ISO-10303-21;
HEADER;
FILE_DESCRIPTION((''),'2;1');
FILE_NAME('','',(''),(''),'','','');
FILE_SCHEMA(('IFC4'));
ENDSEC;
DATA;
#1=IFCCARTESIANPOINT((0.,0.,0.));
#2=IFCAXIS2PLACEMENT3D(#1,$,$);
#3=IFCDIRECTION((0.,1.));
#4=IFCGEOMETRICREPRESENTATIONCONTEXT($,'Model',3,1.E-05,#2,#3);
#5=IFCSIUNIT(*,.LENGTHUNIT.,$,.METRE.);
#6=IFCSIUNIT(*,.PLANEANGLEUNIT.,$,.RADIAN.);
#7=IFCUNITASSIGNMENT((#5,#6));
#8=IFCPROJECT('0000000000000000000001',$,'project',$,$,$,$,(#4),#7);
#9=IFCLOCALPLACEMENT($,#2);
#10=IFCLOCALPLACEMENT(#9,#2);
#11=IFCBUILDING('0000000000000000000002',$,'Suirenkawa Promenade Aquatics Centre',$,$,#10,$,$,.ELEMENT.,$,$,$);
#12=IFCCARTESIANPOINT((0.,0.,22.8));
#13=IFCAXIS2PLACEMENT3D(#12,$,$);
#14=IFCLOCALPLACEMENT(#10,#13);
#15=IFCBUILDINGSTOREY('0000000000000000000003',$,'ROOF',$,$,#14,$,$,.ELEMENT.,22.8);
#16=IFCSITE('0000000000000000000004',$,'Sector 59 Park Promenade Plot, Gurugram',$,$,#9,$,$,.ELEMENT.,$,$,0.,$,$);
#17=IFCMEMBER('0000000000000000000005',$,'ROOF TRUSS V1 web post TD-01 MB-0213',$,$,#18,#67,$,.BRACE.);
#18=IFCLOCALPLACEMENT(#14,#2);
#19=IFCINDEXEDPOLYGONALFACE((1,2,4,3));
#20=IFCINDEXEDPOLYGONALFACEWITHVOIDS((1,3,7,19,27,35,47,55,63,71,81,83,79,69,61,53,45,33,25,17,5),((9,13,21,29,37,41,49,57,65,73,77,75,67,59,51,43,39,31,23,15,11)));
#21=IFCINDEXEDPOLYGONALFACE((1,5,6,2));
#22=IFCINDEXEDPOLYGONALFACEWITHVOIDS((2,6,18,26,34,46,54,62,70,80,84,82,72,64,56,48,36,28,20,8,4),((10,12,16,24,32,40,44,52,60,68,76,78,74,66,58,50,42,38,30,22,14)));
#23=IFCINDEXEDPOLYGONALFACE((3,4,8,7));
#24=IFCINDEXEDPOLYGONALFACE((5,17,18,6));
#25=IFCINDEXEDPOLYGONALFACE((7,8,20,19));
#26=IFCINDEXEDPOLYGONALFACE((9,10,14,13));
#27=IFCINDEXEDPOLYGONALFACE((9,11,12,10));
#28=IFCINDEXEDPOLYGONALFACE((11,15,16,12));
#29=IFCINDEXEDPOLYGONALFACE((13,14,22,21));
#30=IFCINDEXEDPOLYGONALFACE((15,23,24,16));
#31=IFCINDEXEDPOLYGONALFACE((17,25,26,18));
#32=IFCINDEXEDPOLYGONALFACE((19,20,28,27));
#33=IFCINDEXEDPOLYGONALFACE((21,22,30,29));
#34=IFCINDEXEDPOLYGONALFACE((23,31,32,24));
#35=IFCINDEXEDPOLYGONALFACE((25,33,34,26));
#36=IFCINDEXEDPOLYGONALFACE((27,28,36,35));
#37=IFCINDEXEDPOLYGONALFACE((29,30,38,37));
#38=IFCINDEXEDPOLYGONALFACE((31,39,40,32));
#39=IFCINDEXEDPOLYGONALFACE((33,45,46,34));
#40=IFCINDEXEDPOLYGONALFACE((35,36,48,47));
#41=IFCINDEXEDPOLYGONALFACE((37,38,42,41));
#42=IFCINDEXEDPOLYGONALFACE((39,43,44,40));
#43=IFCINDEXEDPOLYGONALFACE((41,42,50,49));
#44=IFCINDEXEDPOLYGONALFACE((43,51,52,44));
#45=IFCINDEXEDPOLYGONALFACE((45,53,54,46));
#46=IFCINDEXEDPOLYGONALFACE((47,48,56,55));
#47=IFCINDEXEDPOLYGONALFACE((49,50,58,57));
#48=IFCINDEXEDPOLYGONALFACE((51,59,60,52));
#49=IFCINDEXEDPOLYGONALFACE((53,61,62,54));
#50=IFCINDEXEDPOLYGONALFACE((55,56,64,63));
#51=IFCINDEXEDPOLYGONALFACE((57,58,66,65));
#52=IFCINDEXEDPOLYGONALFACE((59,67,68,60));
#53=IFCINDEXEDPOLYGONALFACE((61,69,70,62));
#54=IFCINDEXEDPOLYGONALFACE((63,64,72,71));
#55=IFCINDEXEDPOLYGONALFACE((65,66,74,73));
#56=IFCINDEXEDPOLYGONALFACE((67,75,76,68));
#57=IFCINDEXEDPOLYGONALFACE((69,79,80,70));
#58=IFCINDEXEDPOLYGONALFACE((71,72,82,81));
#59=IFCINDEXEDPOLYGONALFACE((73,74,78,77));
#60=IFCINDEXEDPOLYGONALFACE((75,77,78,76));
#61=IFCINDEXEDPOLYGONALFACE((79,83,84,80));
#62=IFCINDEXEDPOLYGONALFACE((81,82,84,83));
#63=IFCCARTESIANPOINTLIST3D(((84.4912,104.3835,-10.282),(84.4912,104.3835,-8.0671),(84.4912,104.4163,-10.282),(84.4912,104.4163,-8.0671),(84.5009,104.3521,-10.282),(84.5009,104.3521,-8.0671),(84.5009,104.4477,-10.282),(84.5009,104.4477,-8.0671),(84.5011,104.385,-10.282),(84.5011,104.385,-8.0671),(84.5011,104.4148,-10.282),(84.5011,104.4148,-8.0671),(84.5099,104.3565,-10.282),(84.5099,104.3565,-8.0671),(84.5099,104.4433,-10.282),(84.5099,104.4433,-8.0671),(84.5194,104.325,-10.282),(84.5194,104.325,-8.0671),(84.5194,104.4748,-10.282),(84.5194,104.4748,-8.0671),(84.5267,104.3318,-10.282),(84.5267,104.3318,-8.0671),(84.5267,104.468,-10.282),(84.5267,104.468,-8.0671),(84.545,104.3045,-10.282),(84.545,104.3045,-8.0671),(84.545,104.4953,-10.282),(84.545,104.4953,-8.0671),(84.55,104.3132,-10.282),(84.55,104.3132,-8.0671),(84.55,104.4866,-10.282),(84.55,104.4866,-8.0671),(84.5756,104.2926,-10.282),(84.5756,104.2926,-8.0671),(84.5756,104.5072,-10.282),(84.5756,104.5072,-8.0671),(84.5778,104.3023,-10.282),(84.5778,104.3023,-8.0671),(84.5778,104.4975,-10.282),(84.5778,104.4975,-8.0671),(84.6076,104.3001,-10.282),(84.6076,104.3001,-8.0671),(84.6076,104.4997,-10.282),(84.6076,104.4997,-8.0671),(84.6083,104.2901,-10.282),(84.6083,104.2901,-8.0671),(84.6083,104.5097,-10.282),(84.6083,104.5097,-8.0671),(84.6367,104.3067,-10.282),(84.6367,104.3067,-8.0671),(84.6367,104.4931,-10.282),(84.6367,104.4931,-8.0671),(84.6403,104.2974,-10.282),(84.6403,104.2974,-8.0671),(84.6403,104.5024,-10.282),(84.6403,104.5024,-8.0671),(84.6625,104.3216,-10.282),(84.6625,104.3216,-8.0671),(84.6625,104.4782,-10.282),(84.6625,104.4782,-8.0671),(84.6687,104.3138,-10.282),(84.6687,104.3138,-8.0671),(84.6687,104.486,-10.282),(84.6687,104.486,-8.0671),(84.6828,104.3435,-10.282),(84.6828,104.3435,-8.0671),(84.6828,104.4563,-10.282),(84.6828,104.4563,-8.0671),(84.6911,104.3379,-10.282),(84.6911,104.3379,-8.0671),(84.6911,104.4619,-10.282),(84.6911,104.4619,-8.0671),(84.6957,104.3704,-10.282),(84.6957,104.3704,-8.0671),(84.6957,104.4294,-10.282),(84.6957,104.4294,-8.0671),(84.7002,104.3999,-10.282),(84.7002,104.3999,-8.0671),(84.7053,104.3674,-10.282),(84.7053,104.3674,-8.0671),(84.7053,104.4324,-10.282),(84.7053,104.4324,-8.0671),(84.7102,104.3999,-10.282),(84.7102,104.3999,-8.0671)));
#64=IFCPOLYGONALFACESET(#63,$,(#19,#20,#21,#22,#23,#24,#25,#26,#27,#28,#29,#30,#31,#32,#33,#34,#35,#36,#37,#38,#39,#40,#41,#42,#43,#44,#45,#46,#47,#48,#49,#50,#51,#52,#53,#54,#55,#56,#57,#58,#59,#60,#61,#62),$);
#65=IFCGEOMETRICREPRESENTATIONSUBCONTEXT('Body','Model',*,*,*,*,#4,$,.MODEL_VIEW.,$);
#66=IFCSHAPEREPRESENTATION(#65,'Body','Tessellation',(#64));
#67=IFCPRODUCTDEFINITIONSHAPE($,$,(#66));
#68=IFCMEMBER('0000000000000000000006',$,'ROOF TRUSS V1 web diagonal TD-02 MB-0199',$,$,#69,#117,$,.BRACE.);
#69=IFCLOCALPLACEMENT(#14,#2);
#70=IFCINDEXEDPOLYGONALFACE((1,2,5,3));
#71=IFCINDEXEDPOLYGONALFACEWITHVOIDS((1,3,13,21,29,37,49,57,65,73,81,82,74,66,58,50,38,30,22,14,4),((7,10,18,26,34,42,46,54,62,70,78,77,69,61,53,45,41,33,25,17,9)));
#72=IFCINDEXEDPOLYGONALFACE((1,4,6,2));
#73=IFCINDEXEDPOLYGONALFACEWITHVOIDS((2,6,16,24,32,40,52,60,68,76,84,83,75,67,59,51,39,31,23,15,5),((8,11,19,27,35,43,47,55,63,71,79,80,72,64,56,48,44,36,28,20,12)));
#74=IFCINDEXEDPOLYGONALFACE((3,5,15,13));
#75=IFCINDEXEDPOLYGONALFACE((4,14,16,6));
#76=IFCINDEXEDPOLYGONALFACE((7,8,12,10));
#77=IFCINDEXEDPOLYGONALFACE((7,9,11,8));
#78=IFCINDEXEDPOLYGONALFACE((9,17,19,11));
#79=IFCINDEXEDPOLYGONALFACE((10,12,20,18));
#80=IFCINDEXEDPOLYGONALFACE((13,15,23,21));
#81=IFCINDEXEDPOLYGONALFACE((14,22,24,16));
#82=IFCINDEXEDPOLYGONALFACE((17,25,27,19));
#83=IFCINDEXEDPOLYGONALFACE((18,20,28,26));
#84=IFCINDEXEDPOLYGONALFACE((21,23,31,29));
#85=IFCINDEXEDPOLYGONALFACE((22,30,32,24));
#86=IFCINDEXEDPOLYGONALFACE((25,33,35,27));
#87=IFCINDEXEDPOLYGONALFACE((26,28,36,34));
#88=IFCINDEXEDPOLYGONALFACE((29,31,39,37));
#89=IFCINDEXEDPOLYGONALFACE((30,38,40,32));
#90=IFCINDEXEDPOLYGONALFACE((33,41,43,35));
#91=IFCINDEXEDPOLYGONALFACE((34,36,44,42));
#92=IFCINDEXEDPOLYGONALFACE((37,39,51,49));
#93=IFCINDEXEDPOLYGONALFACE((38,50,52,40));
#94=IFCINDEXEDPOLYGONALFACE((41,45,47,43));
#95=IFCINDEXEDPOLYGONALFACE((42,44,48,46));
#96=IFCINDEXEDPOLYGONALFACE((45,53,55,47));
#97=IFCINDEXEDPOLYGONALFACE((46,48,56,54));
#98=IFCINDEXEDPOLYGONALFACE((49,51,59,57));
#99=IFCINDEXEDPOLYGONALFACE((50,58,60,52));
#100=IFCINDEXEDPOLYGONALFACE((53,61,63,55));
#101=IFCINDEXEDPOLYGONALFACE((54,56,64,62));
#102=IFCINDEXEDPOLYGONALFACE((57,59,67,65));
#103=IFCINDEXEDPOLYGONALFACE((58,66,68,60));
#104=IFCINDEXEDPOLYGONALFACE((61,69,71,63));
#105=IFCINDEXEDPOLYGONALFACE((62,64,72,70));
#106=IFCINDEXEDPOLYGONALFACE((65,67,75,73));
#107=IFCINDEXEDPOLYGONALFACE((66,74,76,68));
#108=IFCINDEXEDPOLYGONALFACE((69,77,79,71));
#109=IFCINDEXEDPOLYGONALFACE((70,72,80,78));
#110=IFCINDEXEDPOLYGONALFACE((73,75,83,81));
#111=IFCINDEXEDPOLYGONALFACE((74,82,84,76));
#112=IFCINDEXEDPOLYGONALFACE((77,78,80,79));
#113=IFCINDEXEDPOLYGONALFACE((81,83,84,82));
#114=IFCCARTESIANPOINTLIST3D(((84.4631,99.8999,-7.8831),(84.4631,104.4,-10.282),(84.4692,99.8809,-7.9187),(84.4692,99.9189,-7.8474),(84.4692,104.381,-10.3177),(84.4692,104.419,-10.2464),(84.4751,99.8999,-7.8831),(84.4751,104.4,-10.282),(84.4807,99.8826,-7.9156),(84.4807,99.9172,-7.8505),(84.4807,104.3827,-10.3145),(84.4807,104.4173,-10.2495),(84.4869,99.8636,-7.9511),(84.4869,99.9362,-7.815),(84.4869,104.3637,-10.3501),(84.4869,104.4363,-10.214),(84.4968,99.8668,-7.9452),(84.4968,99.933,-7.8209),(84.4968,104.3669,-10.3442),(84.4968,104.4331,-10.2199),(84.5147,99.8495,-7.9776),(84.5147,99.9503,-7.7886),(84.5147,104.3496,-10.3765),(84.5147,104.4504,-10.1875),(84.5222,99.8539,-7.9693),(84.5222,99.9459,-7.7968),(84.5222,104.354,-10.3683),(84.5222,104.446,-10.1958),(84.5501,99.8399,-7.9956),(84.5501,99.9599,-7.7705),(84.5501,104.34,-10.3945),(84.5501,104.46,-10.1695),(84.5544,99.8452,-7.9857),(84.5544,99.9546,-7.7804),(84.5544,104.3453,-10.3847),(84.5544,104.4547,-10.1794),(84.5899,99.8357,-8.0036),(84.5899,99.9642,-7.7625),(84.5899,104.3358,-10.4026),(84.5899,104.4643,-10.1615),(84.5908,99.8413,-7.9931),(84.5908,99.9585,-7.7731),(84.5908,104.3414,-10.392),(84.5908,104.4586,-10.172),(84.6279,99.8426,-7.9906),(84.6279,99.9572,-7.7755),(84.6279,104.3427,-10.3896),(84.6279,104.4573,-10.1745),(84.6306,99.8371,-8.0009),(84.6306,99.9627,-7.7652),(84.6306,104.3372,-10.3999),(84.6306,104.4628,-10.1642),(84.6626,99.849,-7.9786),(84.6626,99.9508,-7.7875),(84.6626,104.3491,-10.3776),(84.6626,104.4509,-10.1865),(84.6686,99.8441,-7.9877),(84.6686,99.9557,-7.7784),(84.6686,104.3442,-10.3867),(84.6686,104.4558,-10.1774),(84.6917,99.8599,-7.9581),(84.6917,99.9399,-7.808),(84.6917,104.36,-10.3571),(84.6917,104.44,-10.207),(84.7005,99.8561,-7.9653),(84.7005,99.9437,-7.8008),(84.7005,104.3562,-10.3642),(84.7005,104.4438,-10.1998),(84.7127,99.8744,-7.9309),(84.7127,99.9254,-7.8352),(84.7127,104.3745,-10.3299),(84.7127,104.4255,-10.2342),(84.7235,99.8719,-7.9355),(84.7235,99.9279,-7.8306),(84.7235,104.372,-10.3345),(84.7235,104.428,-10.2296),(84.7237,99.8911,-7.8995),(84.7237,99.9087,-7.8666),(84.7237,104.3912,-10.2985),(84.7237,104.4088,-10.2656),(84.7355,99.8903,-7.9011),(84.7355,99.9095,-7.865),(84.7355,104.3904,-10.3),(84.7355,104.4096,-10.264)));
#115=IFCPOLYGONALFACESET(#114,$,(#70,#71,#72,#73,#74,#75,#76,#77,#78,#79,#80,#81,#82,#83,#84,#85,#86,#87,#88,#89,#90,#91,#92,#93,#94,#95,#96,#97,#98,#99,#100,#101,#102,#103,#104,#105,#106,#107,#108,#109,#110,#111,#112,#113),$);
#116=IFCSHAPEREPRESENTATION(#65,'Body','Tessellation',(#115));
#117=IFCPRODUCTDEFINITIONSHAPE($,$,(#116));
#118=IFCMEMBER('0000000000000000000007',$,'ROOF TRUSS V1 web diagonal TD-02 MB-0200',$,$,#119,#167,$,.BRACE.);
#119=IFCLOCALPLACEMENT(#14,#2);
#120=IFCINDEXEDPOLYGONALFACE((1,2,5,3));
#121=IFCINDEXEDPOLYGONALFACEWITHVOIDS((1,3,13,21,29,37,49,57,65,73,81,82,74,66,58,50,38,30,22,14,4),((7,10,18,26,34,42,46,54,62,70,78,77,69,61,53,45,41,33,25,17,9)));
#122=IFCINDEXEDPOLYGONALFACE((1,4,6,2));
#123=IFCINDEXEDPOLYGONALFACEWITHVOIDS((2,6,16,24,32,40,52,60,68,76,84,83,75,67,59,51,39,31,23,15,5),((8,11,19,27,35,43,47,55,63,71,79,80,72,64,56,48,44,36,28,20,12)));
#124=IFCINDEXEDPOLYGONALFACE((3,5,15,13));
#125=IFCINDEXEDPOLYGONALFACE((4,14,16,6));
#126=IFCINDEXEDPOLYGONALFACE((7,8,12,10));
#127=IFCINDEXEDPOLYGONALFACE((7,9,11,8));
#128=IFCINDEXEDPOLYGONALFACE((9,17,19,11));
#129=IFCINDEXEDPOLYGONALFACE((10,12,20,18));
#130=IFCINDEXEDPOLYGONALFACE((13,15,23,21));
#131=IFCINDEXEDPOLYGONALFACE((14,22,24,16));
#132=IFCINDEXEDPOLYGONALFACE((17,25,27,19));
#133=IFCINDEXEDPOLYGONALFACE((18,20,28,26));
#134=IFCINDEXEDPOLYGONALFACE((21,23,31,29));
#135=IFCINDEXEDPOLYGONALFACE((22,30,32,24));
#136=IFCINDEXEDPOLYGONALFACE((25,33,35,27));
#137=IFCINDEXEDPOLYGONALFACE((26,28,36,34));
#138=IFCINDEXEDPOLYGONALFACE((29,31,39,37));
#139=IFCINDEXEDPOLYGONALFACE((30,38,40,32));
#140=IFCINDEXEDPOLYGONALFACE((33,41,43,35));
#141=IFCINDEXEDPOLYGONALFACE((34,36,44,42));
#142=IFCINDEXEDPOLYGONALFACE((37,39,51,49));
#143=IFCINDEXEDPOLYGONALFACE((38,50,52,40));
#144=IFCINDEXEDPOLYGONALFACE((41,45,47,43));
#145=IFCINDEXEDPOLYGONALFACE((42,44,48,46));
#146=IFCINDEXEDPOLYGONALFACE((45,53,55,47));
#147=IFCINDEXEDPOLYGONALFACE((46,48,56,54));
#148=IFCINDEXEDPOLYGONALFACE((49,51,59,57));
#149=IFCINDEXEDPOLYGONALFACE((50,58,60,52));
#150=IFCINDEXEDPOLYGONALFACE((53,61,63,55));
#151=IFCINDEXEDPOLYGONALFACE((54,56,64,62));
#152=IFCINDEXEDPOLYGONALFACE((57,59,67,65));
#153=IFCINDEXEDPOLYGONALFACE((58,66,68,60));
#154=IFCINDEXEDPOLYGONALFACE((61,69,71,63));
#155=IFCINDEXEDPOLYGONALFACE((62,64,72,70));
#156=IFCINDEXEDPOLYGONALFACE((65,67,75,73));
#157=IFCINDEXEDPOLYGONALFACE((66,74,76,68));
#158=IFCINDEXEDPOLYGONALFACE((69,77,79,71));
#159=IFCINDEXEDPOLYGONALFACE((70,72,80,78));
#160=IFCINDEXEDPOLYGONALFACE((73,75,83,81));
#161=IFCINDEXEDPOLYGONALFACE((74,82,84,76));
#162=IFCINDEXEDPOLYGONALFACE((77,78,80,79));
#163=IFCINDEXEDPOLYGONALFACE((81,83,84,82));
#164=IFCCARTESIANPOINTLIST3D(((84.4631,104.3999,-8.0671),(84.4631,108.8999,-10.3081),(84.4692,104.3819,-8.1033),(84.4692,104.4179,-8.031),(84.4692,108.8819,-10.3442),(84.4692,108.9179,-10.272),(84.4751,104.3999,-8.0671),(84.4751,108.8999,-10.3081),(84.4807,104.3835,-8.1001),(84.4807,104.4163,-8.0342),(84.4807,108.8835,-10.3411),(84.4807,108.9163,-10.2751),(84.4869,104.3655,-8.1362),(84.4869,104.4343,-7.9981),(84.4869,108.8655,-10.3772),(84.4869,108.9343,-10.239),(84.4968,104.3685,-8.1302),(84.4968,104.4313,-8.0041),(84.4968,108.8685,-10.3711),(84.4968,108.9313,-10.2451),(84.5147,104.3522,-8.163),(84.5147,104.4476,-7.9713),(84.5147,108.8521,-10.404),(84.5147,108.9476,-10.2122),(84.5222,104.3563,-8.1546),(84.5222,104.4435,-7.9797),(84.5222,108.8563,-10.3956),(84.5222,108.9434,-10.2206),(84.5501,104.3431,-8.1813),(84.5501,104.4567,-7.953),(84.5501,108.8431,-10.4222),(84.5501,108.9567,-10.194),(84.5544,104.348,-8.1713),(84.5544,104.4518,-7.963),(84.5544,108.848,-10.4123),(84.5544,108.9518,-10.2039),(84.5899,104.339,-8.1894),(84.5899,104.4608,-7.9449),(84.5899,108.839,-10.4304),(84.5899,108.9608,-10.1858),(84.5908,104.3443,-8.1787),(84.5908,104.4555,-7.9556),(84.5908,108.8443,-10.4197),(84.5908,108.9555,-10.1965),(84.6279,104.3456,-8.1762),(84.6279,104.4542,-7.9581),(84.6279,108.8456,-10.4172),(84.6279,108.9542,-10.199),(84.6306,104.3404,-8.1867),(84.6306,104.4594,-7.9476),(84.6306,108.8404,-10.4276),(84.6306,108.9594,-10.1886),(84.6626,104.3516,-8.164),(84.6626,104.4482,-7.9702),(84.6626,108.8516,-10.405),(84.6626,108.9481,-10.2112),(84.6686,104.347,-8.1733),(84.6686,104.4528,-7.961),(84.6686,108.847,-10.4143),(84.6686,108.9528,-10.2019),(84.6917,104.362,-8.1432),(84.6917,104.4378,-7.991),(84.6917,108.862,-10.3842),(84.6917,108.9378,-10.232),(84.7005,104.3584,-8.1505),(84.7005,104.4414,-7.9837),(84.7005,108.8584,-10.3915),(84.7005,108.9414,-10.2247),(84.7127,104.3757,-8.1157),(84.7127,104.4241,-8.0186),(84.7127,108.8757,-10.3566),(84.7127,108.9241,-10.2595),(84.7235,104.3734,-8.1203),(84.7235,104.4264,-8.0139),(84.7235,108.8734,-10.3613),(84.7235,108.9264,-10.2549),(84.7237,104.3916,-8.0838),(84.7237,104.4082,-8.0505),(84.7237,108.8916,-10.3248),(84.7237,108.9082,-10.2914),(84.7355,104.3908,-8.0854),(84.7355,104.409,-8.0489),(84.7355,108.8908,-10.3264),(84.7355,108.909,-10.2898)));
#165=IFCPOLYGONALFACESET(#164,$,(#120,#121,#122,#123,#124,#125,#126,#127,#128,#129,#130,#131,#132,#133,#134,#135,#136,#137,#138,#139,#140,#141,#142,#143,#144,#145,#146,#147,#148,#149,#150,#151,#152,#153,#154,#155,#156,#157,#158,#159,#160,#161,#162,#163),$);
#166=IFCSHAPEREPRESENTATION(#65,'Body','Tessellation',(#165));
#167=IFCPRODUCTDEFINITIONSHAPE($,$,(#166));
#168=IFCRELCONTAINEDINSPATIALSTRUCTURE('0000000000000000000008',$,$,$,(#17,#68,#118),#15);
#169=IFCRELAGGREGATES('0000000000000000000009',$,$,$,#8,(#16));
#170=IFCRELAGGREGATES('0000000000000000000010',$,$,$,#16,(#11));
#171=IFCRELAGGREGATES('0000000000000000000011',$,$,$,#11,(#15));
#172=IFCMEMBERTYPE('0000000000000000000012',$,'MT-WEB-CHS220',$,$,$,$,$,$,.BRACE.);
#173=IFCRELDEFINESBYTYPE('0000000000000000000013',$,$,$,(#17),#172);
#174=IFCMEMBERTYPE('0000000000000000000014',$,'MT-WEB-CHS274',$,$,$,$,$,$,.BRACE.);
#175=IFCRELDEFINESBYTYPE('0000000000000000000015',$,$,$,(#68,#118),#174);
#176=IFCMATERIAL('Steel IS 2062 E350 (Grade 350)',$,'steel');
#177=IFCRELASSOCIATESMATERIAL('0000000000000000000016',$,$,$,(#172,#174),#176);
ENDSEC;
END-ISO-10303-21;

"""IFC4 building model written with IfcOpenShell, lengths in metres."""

from ifc_helpers import new_model, si_unit, direction, frame, origin, origin_2d, place, context, subcontext, project, spatial, hollow_circle, extrude, material, material_profile, profile_set, type_object, element, save


model = new_model("IFC4")

# Units and contexts
model_context = context("Model", 3, precision=1e-05, world=origin(), true_north=direction((0.0, 1.0)))
body_context = subcontext(model_context, "Body", "Model", "MODEL_VIEW")
ifc_project = project(units=[si_unit("LENGTHUNIT", "METRE"), si_unit("PLANEANGLEUNIT", "RADIAN")], contexts=[model_context])

# Site, building, storey
site_placement = place(None, origin())
site = spatial("IfcSite", under=ifc_project, at=site_placement, Name="Sector 59 Park Promenade Plot, Gurugram", CompositionType="ELEMENT", RefElevation=0.0)
building_placement = place(site_placement, origin())
building = spatial("IfcBuilding", under=site, at=building_placement, Name="Suirenkawa Promenade Aquatics Centre", CompositionType="ELEMENT")
storey_placement = place(building_placement, frame((0.0, 0.0, 22.8)))
storey = spatial("IfcBuildingStorey", under=building, at=storey_placement, Name="ROOF", CompositionType="ELEMENT", Elevation=22.8)

# Shared definitions
ifc_material_1 = material(Name="Steel IS 2062 E350 (Grade 350)", Category="steel")

# Members
ifc_material_profile_1 = material_profile(ifc_material_1, hollow_circle(Radius=0.1101, WallThickness=0.01, at=origin_2d()), Name="CHS 220x10", Category="steel")
ifc_profile_set_1 = profile_set([ifc_material_profile_1], Name="Steel IS 2062 E350 (Grade 350)")
member_type_1 = type_object("IfcMemberType", Name="MT-WEB-CHS220", PredefinedType="BRACE", material=ifc_profile_set_1)
member_1_placement = place(storey_placement, frame((84.6001, 104.3999, -10.282), z_axis=(0.0, 0.0, 1.0), x_axis=(1.0, 0.0, 0.0)))
element("IfcMember", 1, at=member_1_placement, inside=storey, type_object=member_type_1, Name="ROOF TRUSS V1 web post TD-01 MB-0213", PredefinedType="BRACE", context=body_context, shape_type="SweptSolid", body=[
    extrude(hollow_circle(Radius=0.1101, WallThickness=0.01, at=origin_2d()), origin(), (0.0, 0.0, 1.0), 2.2148),
])
ifc_material_profile_2 = material_profile(ifc_material_1, hollow_circle(Radius=0.137, WallThickness=0.012, at=origin_2d()), Name="CHS 274x12", Category="steel")
ifc_profile_set_2 = profile_set([ifc_material_profile_2], Name="Steel IS 2062 E350 (Grade 350)")
member_type_2 = type_object("IfcMemberType", Name="MT-WEB-CHS274", PredefinedType="BRACE", material=ifc_profile_set_2)
member_2_placement = place(storey_placement, frame((84.6001, 99.8999, -7.8831), z_axis=(0.0, 0.88244, -0.470424), x_axis=(-1.0, 0.0, 0.0)))
element("IfcMember", 2, at=member_2_placement, inside=storey, type_object=member_type_2, Name="ROOF TRUSS V1 web diagonal TD-02 MB-0199", PredefinedType="BRACE", context=body_context, shape_type="SweptSolid", body=[
    extrude(hollow_circle(Radius=0.137, WallThickness=0.012, at=origin_2d()), origin(), (0.0, 0.0, 1.0), 5.0996),
])
member_3_placement = place(storey_placement, frame((84.6001, 104.3999, -8.0671), z_axis=(0.0, 0.895145, -0.445776), x_axis=(-1.0, 0.0, 0.0)))
element("IfcMember", 3, at=member_3_placement, inside=storey, type_object=member_type_2, Name="ROOF TRUSS V1 web diagonal TD-02 MB-0200", PredefinedType="BRACE", context=body_context, shape_type="SweptSolid", body=[
    extrude(hollow_circle(Radius=0.137, WallThickness=0.012, at=origin_2d()), origin(), (0.0, 0.0, 1.0), 5.0271),
])

save(model, "model.ifc")
